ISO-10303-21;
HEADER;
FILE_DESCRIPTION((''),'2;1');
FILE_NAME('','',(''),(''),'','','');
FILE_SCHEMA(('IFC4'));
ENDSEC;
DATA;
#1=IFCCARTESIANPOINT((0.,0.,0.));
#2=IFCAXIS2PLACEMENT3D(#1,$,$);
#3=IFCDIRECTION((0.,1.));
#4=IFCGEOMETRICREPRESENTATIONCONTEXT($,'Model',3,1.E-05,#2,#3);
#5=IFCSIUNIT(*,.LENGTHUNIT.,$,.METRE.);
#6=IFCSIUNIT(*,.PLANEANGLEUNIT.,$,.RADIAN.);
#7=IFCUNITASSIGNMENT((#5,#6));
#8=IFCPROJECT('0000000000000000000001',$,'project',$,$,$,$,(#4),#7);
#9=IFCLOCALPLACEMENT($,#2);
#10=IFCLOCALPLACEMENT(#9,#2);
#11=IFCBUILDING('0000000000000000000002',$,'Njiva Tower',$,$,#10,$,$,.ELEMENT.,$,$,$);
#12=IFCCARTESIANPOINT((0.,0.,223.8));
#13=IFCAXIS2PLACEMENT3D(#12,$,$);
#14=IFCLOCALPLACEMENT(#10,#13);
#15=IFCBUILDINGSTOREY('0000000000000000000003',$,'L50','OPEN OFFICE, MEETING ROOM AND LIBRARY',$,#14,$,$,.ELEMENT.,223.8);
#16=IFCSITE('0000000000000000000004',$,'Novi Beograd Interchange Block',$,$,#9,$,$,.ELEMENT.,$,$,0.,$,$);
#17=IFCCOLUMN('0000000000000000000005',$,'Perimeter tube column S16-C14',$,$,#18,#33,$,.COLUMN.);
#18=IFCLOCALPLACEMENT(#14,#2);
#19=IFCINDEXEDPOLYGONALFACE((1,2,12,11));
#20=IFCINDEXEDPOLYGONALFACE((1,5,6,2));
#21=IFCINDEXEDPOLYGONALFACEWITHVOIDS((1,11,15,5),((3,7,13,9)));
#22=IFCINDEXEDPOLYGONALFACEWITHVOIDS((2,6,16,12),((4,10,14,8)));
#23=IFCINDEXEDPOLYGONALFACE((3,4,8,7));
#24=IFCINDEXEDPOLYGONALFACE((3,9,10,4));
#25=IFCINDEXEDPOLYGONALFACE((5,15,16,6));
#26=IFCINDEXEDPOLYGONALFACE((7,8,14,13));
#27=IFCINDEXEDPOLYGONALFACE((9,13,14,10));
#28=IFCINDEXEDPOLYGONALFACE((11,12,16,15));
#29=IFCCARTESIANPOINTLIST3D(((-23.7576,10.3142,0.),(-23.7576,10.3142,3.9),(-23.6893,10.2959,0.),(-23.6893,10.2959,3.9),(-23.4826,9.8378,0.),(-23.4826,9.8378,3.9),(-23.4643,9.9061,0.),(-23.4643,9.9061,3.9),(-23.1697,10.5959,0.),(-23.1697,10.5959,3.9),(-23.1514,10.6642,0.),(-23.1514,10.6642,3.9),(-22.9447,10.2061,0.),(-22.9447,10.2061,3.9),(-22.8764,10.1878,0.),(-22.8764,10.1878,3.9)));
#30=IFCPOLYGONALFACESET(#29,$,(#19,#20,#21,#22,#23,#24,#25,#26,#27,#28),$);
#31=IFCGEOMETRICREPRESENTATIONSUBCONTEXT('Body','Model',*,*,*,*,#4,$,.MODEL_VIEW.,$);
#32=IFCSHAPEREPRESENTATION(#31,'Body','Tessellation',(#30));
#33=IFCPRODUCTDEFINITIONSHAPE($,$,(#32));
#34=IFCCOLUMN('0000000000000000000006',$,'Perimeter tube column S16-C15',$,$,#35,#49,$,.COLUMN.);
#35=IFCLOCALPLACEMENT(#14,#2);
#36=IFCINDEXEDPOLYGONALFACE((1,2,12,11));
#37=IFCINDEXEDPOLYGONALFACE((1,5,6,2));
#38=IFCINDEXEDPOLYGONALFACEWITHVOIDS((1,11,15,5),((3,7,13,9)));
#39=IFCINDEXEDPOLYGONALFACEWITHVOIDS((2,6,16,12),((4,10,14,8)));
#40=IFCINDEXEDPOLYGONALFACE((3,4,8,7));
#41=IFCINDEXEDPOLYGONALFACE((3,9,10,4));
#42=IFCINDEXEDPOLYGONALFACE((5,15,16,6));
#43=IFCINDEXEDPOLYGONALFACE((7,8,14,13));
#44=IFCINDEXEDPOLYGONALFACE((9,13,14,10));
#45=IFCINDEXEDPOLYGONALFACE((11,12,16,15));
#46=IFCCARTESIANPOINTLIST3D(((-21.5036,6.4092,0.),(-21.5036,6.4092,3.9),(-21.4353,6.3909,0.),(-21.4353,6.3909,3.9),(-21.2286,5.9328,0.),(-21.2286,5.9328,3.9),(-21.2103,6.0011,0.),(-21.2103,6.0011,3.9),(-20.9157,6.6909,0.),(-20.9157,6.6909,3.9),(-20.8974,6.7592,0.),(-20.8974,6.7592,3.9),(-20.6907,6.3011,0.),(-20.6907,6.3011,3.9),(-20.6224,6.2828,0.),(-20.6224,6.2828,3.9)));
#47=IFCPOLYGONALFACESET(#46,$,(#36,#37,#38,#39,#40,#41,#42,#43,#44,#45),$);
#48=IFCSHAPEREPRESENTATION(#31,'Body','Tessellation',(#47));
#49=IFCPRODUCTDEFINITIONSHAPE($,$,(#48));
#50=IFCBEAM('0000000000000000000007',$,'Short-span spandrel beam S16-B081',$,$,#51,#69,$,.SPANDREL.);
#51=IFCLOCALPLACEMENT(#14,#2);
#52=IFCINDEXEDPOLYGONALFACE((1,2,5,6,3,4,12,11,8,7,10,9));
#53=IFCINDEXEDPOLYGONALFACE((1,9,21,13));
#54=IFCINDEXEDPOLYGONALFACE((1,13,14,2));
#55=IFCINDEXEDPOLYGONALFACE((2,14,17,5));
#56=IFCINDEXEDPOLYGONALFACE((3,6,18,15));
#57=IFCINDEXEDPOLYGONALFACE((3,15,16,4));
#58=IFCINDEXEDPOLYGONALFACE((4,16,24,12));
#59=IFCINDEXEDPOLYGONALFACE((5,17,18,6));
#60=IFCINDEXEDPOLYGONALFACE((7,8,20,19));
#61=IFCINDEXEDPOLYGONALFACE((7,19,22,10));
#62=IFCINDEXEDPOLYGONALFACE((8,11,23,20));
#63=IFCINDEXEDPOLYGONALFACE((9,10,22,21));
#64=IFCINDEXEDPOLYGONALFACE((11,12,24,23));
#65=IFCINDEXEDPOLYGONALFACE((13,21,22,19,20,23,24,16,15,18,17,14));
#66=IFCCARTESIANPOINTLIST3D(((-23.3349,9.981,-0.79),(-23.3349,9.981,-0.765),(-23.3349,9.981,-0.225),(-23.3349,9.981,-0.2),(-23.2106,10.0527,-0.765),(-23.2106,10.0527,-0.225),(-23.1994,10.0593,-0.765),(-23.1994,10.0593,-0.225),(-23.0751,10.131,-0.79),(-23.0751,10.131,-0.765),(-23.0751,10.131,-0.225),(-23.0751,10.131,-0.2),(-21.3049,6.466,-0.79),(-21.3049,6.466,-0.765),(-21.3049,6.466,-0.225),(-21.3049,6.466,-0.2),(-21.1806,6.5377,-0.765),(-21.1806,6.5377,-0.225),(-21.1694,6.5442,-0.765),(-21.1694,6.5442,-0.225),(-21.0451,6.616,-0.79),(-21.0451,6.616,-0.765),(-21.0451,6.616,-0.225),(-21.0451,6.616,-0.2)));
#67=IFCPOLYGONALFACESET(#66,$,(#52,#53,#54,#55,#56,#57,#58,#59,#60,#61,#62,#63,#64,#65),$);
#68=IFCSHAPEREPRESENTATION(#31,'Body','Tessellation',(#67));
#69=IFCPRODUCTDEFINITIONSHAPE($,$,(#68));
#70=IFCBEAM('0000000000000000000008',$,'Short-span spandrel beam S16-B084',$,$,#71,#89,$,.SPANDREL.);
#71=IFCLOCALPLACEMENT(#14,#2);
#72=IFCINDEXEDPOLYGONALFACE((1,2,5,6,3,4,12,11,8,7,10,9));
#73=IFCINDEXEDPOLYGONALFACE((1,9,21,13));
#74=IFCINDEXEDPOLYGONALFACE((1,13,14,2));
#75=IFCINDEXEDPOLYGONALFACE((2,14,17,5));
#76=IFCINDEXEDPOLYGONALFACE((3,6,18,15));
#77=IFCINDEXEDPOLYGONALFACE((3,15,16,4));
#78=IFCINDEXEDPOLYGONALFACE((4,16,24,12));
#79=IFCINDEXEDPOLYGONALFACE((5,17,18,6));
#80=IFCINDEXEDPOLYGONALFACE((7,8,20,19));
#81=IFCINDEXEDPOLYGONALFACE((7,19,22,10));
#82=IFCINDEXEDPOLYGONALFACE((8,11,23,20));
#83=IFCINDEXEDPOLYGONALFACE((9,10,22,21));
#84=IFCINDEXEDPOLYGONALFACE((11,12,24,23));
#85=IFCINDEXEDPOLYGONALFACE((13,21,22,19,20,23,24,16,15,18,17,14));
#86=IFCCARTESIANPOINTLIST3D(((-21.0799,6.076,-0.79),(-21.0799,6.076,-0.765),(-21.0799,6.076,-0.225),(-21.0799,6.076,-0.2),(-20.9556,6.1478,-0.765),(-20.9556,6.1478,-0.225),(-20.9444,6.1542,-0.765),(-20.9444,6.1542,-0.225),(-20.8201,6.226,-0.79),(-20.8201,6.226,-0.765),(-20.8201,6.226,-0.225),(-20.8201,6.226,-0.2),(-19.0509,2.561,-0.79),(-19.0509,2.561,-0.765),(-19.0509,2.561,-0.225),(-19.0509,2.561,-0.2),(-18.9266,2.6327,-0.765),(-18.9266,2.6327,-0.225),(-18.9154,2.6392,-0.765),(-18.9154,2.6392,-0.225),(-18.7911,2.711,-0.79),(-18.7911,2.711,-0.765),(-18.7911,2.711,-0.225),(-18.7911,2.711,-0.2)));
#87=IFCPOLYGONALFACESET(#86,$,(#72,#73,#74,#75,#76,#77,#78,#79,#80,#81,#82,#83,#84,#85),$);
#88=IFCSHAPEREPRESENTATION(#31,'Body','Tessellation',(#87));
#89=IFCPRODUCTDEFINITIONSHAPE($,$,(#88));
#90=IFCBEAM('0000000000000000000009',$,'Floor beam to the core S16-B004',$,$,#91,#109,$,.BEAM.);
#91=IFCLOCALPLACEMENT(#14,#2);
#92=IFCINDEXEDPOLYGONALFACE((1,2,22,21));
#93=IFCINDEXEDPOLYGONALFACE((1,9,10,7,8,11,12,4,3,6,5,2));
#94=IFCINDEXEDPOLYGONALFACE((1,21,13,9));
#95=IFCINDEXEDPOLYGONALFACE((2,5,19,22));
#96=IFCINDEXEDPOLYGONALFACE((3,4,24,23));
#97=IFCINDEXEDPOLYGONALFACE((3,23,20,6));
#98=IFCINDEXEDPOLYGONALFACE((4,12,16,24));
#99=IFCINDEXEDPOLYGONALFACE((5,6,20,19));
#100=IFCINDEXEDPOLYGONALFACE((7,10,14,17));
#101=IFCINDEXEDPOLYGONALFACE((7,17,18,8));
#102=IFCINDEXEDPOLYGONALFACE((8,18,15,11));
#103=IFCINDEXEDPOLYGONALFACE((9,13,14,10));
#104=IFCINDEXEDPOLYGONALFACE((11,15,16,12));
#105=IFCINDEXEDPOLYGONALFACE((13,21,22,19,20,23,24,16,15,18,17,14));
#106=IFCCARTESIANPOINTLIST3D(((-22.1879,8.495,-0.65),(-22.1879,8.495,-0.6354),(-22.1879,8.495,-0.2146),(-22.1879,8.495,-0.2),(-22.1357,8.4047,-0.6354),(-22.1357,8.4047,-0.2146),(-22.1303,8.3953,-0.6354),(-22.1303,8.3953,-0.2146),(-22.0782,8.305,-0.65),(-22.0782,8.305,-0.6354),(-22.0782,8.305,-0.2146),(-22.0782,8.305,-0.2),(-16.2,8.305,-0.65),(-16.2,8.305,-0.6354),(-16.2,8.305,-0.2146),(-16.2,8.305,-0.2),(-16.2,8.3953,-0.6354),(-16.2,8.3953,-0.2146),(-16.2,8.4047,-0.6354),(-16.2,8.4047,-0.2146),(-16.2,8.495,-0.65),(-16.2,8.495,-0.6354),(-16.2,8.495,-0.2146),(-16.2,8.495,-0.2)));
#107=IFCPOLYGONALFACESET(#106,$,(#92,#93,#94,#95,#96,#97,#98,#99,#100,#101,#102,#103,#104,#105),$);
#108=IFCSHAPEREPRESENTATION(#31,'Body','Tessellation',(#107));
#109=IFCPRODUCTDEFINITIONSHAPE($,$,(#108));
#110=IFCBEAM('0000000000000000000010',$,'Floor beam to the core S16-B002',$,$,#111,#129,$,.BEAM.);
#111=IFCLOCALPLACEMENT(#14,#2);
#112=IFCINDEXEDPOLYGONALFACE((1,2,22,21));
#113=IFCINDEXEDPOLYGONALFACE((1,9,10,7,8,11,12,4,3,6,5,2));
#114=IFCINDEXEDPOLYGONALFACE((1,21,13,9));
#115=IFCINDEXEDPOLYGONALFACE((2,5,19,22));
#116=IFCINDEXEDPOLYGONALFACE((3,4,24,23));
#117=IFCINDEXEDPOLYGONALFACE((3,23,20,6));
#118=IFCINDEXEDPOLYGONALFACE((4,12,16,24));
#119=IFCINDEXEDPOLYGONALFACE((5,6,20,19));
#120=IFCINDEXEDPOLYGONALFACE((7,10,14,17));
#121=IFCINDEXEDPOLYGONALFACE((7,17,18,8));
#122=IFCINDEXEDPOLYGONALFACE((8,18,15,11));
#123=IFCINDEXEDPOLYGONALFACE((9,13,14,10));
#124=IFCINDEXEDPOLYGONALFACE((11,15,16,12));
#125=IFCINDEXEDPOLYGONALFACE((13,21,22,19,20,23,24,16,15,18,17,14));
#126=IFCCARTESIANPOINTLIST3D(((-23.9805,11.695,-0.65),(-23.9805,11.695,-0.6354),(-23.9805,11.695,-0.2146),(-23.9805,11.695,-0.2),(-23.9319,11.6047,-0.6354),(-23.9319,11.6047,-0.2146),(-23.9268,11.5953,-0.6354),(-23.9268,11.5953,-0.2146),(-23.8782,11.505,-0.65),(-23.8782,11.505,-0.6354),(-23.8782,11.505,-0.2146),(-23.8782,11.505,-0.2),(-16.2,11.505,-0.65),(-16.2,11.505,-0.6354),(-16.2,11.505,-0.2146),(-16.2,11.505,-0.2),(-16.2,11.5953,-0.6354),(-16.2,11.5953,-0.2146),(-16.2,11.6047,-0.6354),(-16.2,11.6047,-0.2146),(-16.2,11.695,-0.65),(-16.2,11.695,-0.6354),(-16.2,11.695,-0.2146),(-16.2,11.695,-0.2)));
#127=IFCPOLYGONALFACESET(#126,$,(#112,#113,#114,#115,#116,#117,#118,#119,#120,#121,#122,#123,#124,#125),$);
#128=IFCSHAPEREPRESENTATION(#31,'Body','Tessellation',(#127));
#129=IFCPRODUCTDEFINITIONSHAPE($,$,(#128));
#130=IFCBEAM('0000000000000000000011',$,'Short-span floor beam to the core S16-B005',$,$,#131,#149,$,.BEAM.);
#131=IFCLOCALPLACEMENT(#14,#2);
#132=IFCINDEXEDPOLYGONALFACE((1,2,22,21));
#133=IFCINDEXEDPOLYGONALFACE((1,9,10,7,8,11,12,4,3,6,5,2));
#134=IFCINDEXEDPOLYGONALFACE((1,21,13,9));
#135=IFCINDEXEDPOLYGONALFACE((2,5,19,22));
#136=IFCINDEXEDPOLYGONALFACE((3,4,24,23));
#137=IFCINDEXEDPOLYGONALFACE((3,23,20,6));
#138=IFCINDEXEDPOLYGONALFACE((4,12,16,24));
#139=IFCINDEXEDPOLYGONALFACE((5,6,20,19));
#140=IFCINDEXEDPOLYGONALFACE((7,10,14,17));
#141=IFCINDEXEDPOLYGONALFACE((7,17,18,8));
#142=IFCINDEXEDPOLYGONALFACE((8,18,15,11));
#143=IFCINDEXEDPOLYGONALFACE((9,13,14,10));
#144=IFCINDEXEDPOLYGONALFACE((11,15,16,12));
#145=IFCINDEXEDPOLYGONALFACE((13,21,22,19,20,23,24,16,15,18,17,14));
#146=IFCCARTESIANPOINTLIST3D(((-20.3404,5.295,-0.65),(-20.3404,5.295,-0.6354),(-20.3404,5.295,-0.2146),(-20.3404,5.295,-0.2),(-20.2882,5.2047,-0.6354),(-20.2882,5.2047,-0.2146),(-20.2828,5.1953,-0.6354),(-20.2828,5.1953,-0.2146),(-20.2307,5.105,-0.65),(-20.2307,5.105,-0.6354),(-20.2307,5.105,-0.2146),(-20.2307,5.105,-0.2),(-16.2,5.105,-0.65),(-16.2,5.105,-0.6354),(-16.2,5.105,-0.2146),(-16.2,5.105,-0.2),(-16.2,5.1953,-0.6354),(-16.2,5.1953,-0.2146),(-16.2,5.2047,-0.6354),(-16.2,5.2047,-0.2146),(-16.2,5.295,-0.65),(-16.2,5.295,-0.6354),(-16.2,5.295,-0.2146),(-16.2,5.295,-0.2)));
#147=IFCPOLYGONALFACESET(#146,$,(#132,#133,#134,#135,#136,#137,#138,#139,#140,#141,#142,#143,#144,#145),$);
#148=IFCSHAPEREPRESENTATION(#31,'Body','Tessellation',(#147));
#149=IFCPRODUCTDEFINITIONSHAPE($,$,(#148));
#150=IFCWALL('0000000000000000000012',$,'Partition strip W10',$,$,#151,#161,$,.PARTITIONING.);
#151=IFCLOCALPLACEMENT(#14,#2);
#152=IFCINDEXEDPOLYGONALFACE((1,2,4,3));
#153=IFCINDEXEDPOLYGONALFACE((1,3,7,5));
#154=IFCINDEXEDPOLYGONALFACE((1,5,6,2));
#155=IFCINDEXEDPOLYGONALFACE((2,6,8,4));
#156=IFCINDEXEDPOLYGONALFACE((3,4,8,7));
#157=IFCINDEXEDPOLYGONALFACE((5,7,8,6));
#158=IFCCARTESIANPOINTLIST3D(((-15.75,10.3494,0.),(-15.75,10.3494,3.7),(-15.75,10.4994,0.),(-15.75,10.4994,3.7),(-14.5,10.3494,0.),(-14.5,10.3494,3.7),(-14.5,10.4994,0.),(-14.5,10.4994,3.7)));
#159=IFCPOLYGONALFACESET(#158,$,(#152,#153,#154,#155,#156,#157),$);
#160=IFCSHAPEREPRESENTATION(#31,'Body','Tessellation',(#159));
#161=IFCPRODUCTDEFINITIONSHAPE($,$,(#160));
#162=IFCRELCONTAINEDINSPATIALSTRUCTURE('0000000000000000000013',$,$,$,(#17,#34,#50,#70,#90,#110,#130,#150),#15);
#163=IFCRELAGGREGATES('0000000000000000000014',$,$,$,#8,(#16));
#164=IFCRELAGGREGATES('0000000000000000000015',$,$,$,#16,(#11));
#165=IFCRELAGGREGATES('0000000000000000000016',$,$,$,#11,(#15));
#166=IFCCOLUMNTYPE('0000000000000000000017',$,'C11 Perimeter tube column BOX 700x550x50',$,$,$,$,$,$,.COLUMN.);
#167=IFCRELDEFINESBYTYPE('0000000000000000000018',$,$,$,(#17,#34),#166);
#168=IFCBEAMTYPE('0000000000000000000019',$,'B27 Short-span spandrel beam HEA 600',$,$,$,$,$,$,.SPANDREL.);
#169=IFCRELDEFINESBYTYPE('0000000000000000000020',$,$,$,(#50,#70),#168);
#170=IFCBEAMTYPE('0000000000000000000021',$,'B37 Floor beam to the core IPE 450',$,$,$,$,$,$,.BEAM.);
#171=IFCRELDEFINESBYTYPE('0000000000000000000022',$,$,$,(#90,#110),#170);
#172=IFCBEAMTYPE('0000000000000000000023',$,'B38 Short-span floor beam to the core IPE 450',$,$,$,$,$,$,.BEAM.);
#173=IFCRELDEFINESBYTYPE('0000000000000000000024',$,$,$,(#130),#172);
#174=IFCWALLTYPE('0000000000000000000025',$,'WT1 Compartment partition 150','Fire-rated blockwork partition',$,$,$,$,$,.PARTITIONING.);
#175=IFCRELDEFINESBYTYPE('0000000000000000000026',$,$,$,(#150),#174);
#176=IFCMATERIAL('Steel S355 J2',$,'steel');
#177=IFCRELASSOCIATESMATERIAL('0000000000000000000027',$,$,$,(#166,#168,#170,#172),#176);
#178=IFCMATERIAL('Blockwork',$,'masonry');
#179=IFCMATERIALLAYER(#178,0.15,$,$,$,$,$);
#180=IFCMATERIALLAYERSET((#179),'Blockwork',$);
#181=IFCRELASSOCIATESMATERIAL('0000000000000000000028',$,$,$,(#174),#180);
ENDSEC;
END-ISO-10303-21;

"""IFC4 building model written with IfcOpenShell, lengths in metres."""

from ifc_helpers import new_model, si_unit, direction, frame, frame_2d, origin, origin_2d, place, context, subcontext, project, spatial, rectangle, hollow_rectangle, i_section, extrude, clip, halfspace, material, layer, layer_set, material_profile, profile_set, type_object, element, save


model = new_model("IFC4")

# Units and contexts
model_context = context("Model", 3, precision=1e-05, world=origin(), true_north=direction((0.0, 1.0)))
body_context = subcontext(model_context, "Body", "Model", "MODEL_VIEW")
ifc_project = project(units=[si_unit("LENGTHUNIT", "METRE"), si_unit("PLANEANGLEUNIT", "RADIAN")], contexts=[model_context])

# Site, building, storey
site_placement = place(None, origin())
site = spatial("IfcSite", under=ifc_project, at=site_placement, Name="Novi Beograd Interchange Block", CompositionType="ELEMENT", RefElevation=0.0)
building_placement = place(site_placement, origin())
building = spatial("IfcBuilding", under=site, at=building_placement, Name="Njiva Tower", CompositionType="ELEMENT")
storey_placement = place(building_placement, frame((0.0, 0.0, 223.8)))
storey = spatial("IfcBuildingStorey", under=building, at=storey_placement, Name="L50", Description="OPEN OFFICE, MEETING ROOM AND LIBRARY", CompositionType="ELEMENT", Elevation=223.8)

# Columns
ifc_material_1 = material(Name="Steel S355 J2", Category="steel")
ifc_material_profile_1 = material_profile(ifc_material_1, hollow_rectangle(XDim=0.55, YDim=0.7, WallThickness=0.05, at=origin_2d()), Name="BOX 700x550x50")
ifc_profile_set_1 = profile_set([ifc_material_profile_1], Name="Steel S355 J2")
column_type = type_object("IfcColumnType", Name="C11 Perimeter tube column BOX 700x550x50", PredefinedType="COLUMN", material=ifc_profile_set_1)
for number, where, z_axis, x_axis, name in (
    (1, (-23.317, 10.251, 0.0), (0.0, 0.0, 1.0), (0.5, -0.866025, 0.0), "Perimeter tube column S16-C14"),
    (2, (-21.063, 6.346, 0.0), (0.0, 0.0, 1.0), (0.5, -0.866025, 0.0), "Perimeter tube column S16-C15"),
):
    element("IfcColumn", number, at=place(storey_placement, frame(where, z_axis=z_axis, x_axis=x_axis)), inside=storey, type_object=column_type, Name=name, PredefinedType="COLUMN", context=body_context, shape_type="SweptSolid", body=[
        extrude(hollow_rectangle(XDim=0.55, YDim=0.7, WallThickness=0.05, at=origin_2d()), origin(), (0.0, 0.0, 1.0), 3.9),
    ])

# Beams
ifc_material_profile_2 = material_profile(ifc_material_1, i_section(OverallWidth=0.3, OverallDepth=0.59, WebThickness=0.013, FlangeThickness=0.025, at=origin_2d()), Name="HEA 600")
ifc_profile_set_2 = profile_set([ifc_material_profile_2], Name="Steel S355 J2")
beam_type_1 = type_object("IfcBeamType", Name="B27 Short-span spandrel beam HEA 600", PredefinedType="SPANDREL", material=ifc_profile_set_2)
beam_1_placement = place(storey_placement, frame((-23.205, 10.056, -0.495), z_axis=(0.500113, -0.86596, 0.0), x_axis=(0.86596, 0.500113, 0.0)))
element("IfcBeam", 3, at=beam_1_placement, inside=storey, type_object=beam_type_1, Name="Short-span spandrel beam S16-B081", PredefinedType="SPANDREL", context=body_context, shape_type="SweptSolid", body=[
    extrude(i_section(OverallWidth=0.3, OverallDepth=0.59, WebThickness=0.013, FlangeThickness=0.025, at=origin_2d()), origin(), (0.0, 0.0, 1.0), 4.0591),
])
beam_2_placement = place(storey_placement, frame((-20.95, 6.151, -0.495), z_axis=(0.499929, -0.866067, 0.0), x_axis=(0.866067, 0.499929, 0.0)))
element("IfcBeam", 4, at=beam_2_placement, inside=storey, type_object=beam_type_1, Name="Short-span spandrel beam S16-B084", PredefinedType="SPANDREL", context=body_context, shape_type="SweptSolid", body=[
    extrude(i_section(OverallWidth=0.3, OverallDepth=0.59, WebThickness=0.013, FlangeThickness=0.025, at=origin_2d()), origin(), (0.0, 0.0, 1.0), 4.0586),
])
ifc_material_profile_3 = material_profile(ifc_material_1, i_section(OverallWidth=0.19, OverallDepth=0.45, WebThickness=0.0094, FlangeThickness=0.0146, at=origin_2d()), Name="IPE 450")
ifc_profile_set_3 = profile_set([ifc_material_profile_3], Name="Steel S355 J2")
beam_type_2 = type_object("IfcBeamType", Name="B37 Floor beam to the core IPE 450", PredefinedType="BEAM", material=ifc_profile_set_3)
beam_3_placement = place(storey_placement, frame((-22.208, 8.4, -0.425), z_axis=(1.0, 0.0, 0.0), x_axis=(0.0, 1.0, 0.0)))
element("IfcBeam", 5, at=beam_3_placement, inside=storey, type_object=beam_type_2, Name="Floor beam to the core S16-B004", PredefinedType="BEAM", context=body_context, shape_type="Clipping", body=[
    clip(extrude(i_section(OverallWidth=0.19, OverallDepth=0.45, WebThickness=0.0094, FlangeThickness=0.0146, at=origin_2d()), origin(), (0.0, 0.0, 1.0), 6.008), halfspace(frame((-0.025, 0.0, 0.0894), z_axis=(-0.499998, 0.0, -0.866027), x_axis=(0.0, -1.0, 0.0)), False)),
])
beam_4_placement = place(storey_placement, frame((-24.0, 11.6, -0.425), z_axis=(1.0, 0.0, 0.0), x_axis=(0.0, 1.0, 0.0)))
element("IfcBeam", 6, at=beam_4_placement, inside=storey, type_object=beam_type_2, Name="Floor beam to the core S16-B002", PredefinedType="BEAM", context=body_context, shape_type="Clipping", body=[
    clip(extrude(i_section(OverallWidth=0.19, OverallDepth=0.45, WebThickness=0.0094, FlangeThickness=0.0146, at=origin_2d()), origin(), (0.0, 0.0, 1.0), 7.8), halfspace(frame((-0.0237, 0.0, 0.0834), z_axis=(-0.473777, 0.0, -0.880645), x_axis=(0.0, -1.0, 0.0)), False)),
])
ifc_material_profile_4 = material_profile(ifc_material_1, i_section(OverallWidth=0.19, OverallDepth=0.45, WebThickness=0.0094, FlangeThickness=0.0146, at=origin_2d()), Name="IPE 450")
ifc_profile_set_4 = profile_set([ifc_material_profile_4], Name="Steel S355 J2")
beam_type_3 = type_object("IfcBeamType", Name="B38 Short-span floor beam to the core IPE 450", PredefinedType="BEAM", material=ifc_profile_set_4)
beam_5_placement = place(storey_placement, frame((-20.361, 5.2, -0.425), z_axis=(1.0, 0.0, 0.0), x_axis=(0.0, 1.0, 0.0)))
element("IfcBeam", 7, at=beam_5_placement, inside=storey, type_object=beam_type_3, Name="Short-span floor beam to the core S16-B005", PredefinedType="BEAM", context=body_context, shape_type="Clipping", body=[
    clip(extrude(i_section(OverallWidth=0.19, OverallDepth=0.45, WebThickness=0.0094, FlangeThickness=0.0146, at=origin_2d()), origin(), (0.0, 0.0, 1.0), 4.161), halfspace(frame((-0.025, 0.0, 0.0899), z_axis=(-0.499998, 0.0, -0.866027), x_axis=(0.0, -1.0, 0.0)), False)),
])

# Wall
ifc_material_2 = material(Name="Blockwork", Category="masonry")
ifc_layer_1 = layer(ifc_material_2, 0.15)
ifc_layer_set_1 = layer_set([ifc_layer_1], Name="Blockwork")
wall_type_1 = type_object("IfcWallType", Name="WT1 Compartment partition 150", Description="Fire-rated blockwork partition", PredefinedType="PARTITIONING", material=ifc_layer_set_1)
wall_1_placement = place(storey_placement, frame((-15.75, 10.4244, 0.0), z_axis=(0.0, 0.0, 1.0), x_axis=(1.0, 0.0, 0.0)))
element("IfcWall", 8, at=wall_1_placement, inside=storey, type_object=wall_type_1, Name="Partition strip W10", PredefinedType="PARTITIONING", context=body_context, shape_type="SweptSolid", body=[
    extrude(rectangle(XDim=1.25, YDim=0.15, at=frame_2d((0.625, 0.0))), origin(), (0.0, 0.0, 1.0), 3.7),
])

save(model, "model.ifc")
